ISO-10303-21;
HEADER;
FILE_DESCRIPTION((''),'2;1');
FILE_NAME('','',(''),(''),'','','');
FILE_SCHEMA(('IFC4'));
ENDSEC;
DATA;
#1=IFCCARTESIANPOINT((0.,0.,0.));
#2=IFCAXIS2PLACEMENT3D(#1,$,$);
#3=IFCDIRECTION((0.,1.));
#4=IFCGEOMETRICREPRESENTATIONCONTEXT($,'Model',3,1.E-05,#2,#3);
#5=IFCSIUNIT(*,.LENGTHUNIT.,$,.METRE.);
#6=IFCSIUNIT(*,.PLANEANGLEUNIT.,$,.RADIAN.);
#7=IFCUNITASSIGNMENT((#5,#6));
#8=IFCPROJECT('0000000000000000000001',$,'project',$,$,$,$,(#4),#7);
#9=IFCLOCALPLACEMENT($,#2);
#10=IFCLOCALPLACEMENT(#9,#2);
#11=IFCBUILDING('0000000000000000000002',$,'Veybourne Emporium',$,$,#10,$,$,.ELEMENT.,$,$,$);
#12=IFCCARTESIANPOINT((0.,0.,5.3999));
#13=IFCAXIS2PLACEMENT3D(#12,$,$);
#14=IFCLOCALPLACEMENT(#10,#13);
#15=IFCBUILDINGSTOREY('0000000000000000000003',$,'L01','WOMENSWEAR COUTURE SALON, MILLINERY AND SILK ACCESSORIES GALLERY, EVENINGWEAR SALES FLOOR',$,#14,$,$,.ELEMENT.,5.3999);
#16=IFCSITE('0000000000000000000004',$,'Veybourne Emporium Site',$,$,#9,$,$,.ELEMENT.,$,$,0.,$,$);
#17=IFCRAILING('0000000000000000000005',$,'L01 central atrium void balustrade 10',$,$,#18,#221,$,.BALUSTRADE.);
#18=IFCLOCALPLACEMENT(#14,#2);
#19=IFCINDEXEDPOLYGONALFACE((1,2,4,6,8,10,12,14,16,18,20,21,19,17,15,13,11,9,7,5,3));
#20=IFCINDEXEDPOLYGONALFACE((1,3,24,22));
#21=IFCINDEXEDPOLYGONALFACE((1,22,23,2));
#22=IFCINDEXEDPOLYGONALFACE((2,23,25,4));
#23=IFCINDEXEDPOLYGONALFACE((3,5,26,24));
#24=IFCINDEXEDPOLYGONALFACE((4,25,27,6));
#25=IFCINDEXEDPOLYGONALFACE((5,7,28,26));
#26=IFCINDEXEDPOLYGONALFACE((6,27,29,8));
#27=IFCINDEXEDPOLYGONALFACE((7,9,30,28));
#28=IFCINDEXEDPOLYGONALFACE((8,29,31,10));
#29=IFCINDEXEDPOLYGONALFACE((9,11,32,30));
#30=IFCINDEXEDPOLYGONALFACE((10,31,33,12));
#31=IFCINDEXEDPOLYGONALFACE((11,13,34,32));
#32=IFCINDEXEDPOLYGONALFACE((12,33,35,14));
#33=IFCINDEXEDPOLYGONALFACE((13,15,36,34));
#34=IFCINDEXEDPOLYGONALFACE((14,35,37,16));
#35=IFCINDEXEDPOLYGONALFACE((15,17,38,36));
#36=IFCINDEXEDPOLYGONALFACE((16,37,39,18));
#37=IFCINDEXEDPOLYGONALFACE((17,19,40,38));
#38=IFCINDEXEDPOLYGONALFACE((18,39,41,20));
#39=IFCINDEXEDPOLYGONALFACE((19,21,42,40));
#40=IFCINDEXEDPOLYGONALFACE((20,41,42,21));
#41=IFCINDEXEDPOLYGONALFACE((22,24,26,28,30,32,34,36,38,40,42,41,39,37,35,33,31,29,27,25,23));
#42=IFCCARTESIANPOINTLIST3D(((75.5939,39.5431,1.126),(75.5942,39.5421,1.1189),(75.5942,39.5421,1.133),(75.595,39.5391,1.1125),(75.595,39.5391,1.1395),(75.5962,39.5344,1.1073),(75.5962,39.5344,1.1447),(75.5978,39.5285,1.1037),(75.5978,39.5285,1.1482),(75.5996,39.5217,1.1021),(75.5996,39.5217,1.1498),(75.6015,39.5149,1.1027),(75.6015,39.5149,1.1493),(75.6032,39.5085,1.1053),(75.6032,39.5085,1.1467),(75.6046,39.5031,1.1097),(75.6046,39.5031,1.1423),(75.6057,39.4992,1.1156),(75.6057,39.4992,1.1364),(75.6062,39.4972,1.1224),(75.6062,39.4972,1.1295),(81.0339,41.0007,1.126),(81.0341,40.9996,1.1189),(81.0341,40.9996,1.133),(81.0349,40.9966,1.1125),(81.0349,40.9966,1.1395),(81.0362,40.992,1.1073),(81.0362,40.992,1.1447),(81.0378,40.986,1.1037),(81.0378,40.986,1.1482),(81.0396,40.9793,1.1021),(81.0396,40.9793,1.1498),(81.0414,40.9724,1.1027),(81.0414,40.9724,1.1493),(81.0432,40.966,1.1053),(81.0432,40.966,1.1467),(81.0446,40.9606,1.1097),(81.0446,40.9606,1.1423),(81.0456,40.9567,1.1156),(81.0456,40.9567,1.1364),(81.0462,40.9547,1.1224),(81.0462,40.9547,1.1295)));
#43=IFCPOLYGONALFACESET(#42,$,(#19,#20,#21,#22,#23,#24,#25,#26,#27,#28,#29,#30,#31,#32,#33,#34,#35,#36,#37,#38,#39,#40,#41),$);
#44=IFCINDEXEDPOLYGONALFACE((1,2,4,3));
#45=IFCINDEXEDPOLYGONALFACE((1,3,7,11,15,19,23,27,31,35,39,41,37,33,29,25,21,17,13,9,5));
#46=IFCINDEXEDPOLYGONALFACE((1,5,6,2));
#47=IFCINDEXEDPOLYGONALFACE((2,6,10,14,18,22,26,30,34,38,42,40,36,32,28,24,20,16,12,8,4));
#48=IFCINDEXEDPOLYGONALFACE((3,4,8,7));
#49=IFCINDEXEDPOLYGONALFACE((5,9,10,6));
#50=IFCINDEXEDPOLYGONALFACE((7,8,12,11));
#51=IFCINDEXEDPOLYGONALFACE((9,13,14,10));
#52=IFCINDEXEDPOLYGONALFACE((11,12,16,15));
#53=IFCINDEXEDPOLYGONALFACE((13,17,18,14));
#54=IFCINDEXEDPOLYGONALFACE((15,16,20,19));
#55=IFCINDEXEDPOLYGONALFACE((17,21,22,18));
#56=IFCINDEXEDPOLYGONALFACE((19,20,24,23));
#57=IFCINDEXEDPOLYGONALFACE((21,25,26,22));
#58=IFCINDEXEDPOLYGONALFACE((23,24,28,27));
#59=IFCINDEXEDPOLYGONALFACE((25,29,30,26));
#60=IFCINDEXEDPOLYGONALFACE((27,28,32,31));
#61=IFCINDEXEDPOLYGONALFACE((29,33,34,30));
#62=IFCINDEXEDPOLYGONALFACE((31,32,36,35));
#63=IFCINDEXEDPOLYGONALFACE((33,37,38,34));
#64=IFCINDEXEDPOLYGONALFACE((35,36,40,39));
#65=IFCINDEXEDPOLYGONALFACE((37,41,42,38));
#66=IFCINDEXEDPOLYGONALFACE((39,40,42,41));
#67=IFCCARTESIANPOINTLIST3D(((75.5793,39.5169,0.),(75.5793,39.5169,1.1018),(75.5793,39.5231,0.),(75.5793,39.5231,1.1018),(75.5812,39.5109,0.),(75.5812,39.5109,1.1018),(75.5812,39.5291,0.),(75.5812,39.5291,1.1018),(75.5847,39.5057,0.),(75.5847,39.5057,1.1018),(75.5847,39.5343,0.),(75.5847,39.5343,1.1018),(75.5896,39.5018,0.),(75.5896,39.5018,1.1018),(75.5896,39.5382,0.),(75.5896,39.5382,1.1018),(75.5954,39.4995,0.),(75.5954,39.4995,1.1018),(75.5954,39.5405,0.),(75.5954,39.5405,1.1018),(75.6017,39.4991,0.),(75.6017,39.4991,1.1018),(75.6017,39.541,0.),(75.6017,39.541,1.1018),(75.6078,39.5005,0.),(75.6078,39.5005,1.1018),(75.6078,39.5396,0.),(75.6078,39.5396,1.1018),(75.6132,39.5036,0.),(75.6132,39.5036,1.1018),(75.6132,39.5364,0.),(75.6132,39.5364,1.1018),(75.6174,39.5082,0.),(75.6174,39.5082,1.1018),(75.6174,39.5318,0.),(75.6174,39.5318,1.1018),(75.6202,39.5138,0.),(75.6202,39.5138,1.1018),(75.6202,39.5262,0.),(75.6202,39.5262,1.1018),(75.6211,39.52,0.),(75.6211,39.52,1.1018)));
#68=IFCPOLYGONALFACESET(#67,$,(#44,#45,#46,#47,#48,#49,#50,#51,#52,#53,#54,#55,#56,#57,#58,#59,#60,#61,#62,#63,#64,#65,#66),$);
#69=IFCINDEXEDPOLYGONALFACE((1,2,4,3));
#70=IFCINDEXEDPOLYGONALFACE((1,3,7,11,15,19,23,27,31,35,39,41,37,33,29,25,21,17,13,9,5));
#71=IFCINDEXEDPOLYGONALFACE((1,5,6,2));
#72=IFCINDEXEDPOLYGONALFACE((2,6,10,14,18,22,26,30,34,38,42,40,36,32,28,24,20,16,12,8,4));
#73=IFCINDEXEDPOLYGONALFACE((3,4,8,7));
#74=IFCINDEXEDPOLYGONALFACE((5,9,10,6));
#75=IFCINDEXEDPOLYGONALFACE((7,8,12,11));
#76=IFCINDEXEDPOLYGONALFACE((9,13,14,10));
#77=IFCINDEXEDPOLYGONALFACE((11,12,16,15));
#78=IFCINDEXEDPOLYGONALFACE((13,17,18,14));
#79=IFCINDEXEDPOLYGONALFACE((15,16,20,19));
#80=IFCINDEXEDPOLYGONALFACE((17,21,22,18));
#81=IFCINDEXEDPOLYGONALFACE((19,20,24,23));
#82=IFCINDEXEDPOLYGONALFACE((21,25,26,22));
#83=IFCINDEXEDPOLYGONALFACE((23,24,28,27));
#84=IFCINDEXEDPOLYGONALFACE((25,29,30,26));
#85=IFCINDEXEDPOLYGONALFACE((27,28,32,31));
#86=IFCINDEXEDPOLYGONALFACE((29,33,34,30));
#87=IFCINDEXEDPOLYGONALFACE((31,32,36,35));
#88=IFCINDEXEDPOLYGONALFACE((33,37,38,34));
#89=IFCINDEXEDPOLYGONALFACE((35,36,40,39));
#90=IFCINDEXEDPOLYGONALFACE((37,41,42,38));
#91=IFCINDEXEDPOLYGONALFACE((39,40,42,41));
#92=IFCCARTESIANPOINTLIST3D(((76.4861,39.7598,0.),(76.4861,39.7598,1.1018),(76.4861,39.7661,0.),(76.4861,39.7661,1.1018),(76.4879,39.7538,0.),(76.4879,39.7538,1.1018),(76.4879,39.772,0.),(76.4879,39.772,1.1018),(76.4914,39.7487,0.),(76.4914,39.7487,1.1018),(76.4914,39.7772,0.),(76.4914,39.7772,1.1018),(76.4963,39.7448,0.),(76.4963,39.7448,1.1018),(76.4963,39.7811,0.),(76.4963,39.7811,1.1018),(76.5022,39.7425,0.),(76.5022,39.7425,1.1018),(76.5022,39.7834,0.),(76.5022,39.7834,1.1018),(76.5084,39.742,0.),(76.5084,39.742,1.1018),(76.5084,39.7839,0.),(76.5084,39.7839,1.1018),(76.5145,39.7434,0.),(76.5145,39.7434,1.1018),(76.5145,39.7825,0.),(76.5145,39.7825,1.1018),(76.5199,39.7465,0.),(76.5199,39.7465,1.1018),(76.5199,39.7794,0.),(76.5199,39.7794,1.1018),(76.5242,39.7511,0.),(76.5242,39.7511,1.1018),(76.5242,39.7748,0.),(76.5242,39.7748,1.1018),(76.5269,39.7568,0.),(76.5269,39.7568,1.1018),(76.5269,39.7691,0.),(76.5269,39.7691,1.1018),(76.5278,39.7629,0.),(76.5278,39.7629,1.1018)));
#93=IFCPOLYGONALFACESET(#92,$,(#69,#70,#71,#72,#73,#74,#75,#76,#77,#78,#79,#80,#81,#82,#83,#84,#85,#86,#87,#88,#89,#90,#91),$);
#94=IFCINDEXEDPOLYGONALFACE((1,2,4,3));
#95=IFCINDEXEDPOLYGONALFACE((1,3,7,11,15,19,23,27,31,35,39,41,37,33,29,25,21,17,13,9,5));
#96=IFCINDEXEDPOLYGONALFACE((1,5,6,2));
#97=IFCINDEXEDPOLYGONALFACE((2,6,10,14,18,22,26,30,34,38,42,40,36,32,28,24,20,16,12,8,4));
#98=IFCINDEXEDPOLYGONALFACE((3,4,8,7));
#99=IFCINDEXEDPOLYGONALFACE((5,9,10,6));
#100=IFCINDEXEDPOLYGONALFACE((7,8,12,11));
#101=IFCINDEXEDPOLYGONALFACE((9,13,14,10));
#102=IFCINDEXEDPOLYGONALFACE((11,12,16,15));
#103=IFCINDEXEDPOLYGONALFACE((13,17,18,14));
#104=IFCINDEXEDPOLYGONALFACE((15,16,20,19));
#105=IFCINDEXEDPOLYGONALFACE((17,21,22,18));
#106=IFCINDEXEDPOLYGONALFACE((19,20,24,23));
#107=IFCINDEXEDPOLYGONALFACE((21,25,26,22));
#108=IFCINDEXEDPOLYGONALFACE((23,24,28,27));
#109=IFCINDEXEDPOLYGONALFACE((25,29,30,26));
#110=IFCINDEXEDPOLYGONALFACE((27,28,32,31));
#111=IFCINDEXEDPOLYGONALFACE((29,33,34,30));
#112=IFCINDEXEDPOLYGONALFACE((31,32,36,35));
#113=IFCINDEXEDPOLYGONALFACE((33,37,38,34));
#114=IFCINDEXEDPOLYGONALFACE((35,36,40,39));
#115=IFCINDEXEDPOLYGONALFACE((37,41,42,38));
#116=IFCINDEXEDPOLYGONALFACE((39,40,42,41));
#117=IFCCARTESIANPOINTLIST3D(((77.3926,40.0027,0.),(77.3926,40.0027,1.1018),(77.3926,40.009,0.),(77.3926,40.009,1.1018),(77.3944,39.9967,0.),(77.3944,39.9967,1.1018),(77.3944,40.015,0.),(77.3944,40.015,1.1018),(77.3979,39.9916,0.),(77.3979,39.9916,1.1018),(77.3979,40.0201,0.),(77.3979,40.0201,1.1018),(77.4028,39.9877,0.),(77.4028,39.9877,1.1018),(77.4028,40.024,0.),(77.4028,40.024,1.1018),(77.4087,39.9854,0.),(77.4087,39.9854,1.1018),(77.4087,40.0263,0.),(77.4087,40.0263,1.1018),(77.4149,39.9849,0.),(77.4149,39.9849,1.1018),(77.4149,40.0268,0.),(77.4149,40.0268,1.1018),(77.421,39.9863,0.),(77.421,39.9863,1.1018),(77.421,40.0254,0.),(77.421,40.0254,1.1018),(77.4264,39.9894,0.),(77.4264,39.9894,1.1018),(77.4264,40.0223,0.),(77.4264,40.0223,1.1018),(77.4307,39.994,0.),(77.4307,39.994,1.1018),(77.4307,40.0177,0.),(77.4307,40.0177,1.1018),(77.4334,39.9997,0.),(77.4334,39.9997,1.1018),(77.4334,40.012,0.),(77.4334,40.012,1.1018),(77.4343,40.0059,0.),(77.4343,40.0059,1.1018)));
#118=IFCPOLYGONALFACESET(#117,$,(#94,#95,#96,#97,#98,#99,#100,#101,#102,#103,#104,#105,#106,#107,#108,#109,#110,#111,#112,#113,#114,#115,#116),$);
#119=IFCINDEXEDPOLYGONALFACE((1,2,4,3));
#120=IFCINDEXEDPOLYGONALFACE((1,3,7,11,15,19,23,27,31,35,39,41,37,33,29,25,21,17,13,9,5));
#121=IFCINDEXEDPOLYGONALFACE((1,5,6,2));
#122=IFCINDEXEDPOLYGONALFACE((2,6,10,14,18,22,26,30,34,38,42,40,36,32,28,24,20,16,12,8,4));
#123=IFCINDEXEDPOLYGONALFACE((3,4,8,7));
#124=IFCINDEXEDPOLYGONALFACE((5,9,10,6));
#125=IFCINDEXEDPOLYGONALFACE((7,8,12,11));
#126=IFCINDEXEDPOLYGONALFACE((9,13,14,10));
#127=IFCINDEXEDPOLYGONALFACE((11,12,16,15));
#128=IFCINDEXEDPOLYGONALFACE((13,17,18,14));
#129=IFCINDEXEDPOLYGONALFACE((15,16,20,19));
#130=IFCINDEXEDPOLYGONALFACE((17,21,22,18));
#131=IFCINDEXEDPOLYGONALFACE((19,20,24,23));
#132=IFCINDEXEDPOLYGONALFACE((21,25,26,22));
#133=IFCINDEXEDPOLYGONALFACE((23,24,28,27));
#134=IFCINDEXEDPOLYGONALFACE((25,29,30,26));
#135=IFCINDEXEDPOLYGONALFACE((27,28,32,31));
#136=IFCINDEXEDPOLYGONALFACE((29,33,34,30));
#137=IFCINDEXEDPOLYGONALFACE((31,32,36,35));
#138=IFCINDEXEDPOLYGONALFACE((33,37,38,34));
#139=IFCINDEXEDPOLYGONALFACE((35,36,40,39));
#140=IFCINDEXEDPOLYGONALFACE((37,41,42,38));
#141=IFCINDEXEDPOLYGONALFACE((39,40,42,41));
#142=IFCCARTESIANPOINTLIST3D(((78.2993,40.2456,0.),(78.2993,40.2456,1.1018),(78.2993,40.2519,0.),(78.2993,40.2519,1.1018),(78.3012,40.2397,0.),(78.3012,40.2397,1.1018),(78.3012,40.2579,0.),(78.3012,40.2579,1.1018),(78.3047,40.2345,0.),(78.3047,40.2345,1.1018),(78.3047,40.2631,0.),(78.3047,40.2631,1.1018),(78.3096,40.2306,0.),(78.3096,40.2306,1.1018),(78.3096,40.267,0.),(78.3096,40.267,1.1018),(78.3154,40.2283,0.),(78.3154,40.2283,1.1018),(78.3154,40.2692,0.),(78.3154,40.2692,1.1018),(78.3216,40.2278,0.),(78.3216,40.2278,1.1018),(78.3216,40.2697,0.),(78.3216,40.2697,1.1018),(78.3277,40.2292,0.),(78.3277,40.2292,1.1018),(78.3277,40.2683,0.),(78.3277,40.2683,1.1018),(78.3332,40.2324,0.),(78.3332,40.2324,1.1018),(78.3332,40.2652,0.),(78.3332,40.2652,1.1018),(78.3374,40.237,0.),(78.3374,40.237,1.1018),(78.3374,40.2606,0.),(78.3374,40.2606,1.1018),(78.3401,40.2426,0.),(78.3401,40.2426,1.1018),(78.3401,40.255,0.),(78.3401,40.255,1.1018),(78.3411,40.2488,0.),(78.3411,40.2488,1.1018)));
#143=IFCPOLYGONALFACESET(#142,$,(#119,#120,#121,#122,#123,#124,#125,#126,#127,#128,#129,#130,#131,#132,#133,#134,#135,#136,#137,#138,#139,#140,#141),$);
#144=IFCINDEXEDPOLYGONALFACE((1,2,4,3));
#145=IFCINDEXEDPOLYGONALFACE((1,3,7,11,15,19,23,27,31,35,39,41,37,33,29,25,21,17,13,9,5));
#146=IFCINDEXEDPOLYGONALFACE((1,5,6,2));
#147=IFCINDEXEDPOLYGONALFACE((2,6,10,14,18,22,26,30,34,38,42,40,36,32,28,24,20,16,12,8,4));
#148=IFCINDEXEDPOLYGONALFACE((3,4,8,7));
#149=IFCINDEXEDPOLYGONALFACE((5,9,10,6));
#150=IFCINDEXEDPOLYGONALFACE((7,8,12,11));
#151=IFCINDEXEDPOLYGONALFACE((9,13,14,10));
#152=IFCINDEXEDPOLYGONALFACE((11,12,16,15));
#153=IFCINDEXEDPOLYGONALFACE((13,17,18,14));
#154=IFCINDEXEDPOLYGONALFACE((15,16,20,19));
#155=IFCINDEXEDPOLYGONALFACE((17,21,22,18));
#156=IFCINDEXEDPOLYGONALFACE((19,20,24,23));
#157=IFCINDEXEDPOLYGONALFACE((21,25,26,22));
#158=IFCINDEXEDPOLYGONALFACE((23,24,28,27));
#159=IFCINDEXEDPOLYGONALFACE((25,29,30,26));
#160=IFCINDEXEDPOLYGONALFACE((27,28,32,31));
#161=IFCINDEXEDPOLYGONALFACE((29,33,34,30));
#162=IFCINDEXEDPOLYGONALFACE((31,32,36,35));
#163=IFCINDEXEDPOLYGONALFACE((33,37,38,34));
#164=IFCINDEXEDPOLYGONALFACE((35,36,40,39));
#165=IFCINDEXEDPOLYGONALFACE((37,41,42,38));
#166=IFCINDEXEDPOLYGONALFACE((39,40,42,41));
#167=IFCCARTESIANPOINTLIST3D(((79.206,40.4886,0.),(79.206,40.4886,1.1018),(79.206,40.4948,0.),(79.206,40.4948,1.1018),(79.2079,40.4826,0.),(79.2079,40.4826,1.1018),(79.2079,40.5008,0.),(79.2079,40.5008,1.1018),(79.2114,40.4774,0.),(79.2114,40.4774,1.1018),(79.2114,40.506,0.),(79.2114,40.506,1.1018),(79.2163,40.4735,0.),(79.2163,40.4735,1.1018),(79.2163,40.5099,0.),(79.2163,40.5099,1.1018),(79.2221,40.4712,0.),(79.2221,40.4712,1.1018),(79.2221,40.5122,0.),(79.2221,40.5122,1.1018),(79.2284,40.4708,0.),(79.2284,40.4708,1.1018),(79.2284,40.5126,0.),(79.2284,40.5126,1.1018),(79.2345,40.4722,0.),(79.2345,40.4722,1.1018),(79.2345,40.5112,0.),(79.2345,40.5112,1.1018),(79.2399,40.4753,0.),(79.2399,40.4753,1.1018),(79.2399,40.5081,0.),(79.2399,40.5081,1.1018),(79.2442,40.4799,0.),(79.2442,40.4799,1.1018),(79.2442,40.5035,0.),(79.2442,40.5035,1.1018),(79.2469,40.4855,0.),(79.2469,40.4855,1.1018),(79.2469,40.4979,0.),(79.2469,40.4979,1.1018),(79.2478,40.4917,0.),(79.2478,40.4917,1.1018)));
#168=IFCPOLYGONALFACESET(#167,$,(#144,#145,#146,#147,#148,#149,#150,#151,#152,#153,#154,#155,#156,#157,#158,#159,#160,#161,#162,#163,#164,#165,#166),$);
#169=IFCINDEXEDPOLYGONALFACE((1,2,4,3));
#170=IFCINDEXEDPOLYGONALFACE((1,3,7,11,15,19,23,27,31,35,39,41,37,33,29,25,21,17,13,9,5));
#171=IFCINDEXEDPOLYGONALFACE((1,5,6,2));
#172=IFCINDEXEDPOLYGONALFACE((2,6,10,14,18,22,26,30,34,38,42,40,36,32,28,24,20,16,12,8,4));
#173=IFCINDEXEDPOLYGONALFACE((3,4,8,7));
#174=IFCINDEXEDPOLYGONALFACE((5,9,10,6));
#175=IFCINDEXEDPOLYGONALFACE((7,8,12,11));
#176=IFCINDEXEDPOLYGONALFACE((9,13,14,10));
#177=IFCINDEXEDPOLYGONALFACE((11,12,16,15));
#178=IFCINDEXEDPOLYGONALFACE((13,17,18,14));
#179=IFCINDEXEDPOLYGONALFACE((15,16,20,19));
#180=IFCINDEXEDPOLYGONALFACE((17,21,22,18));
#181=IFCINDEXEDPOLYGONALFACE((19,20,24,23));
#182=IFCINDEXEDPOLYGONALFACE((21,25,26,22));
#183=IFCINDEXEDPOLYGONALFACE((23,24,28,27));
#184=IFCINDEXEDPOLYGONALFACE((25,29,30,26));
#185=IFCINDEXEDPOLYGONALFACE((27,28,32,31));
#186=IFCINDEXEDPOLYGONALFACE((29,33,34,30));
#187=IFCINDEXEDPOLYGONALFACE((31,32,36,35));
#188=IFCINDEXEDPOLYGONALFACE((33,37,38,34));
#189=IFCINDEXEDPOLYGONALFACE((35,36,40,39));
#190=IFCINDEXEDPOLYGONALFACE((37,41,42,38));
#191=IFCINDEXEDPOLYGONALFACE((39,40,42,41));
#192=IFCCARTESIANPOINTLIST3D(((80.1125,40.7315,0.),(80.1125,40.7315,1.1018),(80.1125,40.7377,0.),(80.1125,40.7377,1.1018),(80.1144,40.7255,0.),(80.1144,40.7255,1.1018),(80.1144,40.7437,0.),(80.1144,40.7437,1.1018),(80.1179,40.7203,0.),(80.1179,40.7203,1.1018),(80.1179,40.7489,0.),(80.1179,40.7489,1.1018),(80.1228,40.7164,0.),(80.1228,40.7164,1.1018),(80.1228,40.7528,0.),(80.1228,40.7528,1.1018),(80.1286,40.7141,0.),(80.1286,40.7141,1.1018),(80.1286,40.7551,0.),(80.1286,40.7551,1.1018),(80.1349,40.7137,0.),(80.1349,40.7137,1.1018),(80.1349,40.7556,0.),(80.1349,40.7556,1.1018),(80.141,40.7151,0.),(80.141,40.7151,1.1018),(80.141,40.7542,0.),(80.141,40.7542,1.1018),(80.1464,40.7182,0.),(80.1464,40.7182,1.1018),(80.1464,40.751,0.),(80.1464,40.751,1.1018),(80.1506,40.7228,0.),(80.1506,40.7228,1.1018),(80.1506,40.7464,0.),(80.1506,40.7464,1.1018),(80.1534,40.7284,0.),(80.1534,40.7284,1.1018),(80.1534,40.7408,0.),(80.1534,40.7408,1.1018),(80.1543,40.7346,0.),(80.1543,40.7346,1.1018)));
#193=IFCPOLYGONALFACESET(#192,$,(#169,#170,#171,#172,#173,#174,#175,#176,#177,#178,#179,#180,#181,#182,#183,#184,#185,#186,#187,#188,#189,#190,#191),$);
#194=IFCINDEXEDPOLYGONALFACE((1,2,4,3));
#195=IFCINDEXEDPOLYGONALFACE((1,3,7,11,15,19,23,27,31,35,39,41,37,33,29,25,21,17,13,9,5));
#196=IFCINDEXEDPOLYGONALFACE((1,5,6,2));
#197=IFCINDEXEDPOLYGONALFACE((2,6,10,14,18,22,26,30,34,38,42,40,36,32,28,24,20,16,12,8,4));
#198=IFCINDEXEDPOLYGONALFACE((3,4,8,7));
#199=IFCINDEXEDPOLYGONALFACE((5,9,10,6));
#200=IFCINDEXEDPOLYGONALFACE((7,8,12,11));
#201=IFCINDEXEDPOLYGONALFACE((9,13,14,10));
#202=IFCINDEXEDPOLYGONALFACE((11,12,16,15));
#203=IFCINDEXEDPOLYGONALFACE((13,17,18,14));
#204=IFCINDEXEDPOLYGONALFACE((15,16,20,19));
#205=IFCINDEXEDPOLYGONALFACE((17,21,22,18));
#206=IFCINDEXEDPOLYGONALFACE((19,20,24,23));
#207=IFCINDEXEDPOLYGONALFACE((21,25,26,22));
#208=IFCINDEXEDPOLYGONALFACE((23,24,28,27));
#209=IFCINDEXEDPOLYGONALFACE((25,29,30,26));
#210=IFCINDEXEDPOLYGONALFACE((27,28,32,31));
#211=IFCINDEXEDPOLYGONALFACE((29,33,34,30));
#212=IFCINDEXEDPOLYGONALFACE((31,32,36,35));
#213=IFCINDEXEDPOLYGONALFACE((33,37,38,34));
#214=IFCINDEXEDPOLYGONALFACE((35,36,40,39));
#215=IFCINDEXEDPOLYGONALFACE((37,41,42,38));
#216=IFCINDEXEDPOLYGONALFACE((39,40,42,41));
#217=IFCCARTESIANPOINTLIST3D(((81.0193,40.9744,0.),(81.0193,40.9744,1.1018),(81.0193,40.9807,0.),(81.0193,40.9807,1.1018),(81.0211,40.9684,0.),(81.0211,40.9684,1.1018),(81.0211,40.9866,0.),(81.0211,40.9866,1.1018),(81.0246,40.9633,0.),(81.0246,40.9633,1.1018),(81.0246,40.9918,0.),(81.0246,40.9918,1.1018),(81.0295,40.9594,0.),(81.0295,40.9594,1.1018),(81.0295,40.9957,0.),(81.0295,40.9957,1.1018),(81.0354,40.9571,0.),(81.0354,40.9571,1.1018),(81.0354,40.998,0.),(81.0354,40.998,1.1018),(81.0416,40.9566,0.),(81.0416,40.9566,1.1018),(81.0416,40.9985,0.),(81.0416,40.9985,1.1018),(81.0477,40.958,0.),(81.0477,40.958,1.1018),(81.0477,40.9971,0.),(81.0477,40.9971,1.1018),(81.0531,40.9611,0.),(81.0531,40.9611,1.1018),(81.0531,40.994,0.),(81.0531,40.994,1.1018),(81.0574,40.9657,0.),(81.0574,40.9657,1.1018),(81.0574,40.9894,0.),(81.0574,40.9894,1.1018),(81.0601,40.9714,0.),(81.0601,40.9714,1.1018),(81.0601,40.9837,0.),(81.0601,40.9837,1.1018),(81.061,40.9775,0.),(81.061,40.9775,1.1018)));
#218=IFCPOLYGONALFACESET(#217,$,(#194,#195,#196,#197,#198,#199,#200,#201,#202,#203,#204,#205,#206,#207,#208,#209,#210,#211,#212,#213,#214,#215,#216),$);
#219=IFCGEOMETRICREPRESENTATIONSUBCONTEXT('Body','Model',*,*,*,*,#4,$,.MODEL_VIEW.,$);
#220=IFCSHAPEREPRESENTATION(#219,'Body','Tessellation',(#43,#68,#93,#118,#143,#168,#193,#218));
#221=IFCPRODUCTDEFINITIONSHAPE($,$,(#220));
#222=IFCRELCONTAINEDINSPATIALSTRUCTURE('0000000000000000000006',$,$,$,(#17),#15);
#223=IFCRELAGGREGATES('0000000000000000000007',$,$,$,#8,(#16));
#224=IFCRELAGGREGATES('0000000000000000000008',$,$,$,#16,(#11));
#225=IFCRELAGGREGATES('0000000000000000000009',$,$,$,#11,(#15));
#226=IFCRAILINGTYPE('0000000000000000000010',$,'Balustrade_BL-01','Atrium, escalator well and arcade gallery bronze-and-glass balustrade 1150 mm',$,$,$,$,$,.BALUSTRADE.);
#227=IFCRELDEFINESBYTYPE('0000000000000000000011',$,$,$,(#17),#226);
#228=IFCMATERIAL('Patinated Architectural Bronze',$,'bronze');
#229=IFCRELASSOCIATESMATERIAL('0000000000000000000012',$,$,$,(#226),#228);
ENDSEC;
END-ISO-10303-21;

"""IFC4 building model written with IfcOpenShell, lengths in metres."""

from ifc_helpers import new_model, si_unit, direction, frame, origin, origin_2d, place, context, subcontext, project, spatial, circle, extrude, material, type_object, element, save


model = new_model("IFC4")

# Units and contexts
model_context = context("Model", 3, precision=1e-05, world=origin(), true_north=direction((0.0, 1.0)))
body_context = subcontext(model_context, "Body", "Model", "MODEL_VIEW")
ifc_project = project(units=[si_unit("LENGTHUNIT", "METRE"), si_unit("PLANEANGLEUNIT", "RADIAN")], contexts=[model_context])

# Site, building, storey
site_placement = place(None, origin())
site = spatial("IfcSite", under=ifc_project, at=site_placement, Name="Veybourne Emporium Site", CompositionType="ELEMENT", RefElevation=0.0)
building_placement = place(site_placement, origin())
building = spatial("IfcBuilding", under=site, at=building_placement, Name="Veybourne Emporium", CompositionType="ELEMENT")
storey_placement = place(building_placement, frame((0.0, 0.0, 5.3999)))
storey = spatial("IfcBuildingStorey", under=building, at=storey_placement, Name="L01", Description="WOMENSWEAR COUTURE SALON, MILLINERY AND SILK ACCESSORIES GALLERY, EVENINGWEAR SALES FLOOR", CompositionType="ELEMENT", Elevation=5.3999)

# Railing
ifc_material_1 = material(Name="Patinated Architectural Bronze", Category="bronze")
railing_type = type_object("IfcRailingType", Name="Balustrade_BL-01", Description="Atrium, escalator well and arcade gallery bronze-and-glass balustrade 1150 mm", PredefinedType="BALUSTRADE", material=ifc_material_1)
railing_1_placement = place(storey_placement, frame((75.6001, 39.52, 0.0)))
element("IfcRailing", 1, at=railing_1_placement, inside=storey, type_object=railing_type, Name="L01 central atrium void balustrade 10", PredefinedType="BALUSTRADE", context=body_context, shape_type="SweptSolid", body=[
    extrude(circle(Radius=0.0239, at=origin_2d()), frame((0.0, 0.0, 1.126), z_axis=(0.965931, 0.258801, 0.0), x_axis=(-0.258801, 0.965931, 0.0)), (0.0, 0.0, 1.0), 5.6318),
    extrude(circle(Radius=0.021, at=origin_2d()), origin(), (0.0, 0.0, 1.0), 1.1018),
    extrude(circle(Radius=0.021, at=origin_2d()), frame((0.9067, 0.2429, 0.0)), (0.0, 0.0, 1.0), 1.1018),
    extrude(circle(Radius=0.021, at=origin_2d()), frame((1.8132, 0.4858, 0.0)), (0.0, 0.0, 1.0), 1.1018),
    extrude(circle(Radius=0.021, at=origin_2d()), frame((2.72, 0.7288, 0.0)), (0.0, 0.0, 1.0), 1.1018),
    extrude(circle(Radius=0.021, at=origin_2d()), frame((3.6267, 0.9717, 0.0)), (0.0, 0.0, 1.0), 1.1018),
    extrude(circle(Radius=0.021, at=origin_2d()), frame((4.5332, 1.2146, 0.0)), (0.0, 0.0, 1.0), 1.1018),
    extrude(circle(Radius=0.021, at=origin_2d()), frame((5.4399, 1.4575, 0.0)), (0.0, 0.0, 1.0), 1.1018),
])

save(model, "model.ifc")
